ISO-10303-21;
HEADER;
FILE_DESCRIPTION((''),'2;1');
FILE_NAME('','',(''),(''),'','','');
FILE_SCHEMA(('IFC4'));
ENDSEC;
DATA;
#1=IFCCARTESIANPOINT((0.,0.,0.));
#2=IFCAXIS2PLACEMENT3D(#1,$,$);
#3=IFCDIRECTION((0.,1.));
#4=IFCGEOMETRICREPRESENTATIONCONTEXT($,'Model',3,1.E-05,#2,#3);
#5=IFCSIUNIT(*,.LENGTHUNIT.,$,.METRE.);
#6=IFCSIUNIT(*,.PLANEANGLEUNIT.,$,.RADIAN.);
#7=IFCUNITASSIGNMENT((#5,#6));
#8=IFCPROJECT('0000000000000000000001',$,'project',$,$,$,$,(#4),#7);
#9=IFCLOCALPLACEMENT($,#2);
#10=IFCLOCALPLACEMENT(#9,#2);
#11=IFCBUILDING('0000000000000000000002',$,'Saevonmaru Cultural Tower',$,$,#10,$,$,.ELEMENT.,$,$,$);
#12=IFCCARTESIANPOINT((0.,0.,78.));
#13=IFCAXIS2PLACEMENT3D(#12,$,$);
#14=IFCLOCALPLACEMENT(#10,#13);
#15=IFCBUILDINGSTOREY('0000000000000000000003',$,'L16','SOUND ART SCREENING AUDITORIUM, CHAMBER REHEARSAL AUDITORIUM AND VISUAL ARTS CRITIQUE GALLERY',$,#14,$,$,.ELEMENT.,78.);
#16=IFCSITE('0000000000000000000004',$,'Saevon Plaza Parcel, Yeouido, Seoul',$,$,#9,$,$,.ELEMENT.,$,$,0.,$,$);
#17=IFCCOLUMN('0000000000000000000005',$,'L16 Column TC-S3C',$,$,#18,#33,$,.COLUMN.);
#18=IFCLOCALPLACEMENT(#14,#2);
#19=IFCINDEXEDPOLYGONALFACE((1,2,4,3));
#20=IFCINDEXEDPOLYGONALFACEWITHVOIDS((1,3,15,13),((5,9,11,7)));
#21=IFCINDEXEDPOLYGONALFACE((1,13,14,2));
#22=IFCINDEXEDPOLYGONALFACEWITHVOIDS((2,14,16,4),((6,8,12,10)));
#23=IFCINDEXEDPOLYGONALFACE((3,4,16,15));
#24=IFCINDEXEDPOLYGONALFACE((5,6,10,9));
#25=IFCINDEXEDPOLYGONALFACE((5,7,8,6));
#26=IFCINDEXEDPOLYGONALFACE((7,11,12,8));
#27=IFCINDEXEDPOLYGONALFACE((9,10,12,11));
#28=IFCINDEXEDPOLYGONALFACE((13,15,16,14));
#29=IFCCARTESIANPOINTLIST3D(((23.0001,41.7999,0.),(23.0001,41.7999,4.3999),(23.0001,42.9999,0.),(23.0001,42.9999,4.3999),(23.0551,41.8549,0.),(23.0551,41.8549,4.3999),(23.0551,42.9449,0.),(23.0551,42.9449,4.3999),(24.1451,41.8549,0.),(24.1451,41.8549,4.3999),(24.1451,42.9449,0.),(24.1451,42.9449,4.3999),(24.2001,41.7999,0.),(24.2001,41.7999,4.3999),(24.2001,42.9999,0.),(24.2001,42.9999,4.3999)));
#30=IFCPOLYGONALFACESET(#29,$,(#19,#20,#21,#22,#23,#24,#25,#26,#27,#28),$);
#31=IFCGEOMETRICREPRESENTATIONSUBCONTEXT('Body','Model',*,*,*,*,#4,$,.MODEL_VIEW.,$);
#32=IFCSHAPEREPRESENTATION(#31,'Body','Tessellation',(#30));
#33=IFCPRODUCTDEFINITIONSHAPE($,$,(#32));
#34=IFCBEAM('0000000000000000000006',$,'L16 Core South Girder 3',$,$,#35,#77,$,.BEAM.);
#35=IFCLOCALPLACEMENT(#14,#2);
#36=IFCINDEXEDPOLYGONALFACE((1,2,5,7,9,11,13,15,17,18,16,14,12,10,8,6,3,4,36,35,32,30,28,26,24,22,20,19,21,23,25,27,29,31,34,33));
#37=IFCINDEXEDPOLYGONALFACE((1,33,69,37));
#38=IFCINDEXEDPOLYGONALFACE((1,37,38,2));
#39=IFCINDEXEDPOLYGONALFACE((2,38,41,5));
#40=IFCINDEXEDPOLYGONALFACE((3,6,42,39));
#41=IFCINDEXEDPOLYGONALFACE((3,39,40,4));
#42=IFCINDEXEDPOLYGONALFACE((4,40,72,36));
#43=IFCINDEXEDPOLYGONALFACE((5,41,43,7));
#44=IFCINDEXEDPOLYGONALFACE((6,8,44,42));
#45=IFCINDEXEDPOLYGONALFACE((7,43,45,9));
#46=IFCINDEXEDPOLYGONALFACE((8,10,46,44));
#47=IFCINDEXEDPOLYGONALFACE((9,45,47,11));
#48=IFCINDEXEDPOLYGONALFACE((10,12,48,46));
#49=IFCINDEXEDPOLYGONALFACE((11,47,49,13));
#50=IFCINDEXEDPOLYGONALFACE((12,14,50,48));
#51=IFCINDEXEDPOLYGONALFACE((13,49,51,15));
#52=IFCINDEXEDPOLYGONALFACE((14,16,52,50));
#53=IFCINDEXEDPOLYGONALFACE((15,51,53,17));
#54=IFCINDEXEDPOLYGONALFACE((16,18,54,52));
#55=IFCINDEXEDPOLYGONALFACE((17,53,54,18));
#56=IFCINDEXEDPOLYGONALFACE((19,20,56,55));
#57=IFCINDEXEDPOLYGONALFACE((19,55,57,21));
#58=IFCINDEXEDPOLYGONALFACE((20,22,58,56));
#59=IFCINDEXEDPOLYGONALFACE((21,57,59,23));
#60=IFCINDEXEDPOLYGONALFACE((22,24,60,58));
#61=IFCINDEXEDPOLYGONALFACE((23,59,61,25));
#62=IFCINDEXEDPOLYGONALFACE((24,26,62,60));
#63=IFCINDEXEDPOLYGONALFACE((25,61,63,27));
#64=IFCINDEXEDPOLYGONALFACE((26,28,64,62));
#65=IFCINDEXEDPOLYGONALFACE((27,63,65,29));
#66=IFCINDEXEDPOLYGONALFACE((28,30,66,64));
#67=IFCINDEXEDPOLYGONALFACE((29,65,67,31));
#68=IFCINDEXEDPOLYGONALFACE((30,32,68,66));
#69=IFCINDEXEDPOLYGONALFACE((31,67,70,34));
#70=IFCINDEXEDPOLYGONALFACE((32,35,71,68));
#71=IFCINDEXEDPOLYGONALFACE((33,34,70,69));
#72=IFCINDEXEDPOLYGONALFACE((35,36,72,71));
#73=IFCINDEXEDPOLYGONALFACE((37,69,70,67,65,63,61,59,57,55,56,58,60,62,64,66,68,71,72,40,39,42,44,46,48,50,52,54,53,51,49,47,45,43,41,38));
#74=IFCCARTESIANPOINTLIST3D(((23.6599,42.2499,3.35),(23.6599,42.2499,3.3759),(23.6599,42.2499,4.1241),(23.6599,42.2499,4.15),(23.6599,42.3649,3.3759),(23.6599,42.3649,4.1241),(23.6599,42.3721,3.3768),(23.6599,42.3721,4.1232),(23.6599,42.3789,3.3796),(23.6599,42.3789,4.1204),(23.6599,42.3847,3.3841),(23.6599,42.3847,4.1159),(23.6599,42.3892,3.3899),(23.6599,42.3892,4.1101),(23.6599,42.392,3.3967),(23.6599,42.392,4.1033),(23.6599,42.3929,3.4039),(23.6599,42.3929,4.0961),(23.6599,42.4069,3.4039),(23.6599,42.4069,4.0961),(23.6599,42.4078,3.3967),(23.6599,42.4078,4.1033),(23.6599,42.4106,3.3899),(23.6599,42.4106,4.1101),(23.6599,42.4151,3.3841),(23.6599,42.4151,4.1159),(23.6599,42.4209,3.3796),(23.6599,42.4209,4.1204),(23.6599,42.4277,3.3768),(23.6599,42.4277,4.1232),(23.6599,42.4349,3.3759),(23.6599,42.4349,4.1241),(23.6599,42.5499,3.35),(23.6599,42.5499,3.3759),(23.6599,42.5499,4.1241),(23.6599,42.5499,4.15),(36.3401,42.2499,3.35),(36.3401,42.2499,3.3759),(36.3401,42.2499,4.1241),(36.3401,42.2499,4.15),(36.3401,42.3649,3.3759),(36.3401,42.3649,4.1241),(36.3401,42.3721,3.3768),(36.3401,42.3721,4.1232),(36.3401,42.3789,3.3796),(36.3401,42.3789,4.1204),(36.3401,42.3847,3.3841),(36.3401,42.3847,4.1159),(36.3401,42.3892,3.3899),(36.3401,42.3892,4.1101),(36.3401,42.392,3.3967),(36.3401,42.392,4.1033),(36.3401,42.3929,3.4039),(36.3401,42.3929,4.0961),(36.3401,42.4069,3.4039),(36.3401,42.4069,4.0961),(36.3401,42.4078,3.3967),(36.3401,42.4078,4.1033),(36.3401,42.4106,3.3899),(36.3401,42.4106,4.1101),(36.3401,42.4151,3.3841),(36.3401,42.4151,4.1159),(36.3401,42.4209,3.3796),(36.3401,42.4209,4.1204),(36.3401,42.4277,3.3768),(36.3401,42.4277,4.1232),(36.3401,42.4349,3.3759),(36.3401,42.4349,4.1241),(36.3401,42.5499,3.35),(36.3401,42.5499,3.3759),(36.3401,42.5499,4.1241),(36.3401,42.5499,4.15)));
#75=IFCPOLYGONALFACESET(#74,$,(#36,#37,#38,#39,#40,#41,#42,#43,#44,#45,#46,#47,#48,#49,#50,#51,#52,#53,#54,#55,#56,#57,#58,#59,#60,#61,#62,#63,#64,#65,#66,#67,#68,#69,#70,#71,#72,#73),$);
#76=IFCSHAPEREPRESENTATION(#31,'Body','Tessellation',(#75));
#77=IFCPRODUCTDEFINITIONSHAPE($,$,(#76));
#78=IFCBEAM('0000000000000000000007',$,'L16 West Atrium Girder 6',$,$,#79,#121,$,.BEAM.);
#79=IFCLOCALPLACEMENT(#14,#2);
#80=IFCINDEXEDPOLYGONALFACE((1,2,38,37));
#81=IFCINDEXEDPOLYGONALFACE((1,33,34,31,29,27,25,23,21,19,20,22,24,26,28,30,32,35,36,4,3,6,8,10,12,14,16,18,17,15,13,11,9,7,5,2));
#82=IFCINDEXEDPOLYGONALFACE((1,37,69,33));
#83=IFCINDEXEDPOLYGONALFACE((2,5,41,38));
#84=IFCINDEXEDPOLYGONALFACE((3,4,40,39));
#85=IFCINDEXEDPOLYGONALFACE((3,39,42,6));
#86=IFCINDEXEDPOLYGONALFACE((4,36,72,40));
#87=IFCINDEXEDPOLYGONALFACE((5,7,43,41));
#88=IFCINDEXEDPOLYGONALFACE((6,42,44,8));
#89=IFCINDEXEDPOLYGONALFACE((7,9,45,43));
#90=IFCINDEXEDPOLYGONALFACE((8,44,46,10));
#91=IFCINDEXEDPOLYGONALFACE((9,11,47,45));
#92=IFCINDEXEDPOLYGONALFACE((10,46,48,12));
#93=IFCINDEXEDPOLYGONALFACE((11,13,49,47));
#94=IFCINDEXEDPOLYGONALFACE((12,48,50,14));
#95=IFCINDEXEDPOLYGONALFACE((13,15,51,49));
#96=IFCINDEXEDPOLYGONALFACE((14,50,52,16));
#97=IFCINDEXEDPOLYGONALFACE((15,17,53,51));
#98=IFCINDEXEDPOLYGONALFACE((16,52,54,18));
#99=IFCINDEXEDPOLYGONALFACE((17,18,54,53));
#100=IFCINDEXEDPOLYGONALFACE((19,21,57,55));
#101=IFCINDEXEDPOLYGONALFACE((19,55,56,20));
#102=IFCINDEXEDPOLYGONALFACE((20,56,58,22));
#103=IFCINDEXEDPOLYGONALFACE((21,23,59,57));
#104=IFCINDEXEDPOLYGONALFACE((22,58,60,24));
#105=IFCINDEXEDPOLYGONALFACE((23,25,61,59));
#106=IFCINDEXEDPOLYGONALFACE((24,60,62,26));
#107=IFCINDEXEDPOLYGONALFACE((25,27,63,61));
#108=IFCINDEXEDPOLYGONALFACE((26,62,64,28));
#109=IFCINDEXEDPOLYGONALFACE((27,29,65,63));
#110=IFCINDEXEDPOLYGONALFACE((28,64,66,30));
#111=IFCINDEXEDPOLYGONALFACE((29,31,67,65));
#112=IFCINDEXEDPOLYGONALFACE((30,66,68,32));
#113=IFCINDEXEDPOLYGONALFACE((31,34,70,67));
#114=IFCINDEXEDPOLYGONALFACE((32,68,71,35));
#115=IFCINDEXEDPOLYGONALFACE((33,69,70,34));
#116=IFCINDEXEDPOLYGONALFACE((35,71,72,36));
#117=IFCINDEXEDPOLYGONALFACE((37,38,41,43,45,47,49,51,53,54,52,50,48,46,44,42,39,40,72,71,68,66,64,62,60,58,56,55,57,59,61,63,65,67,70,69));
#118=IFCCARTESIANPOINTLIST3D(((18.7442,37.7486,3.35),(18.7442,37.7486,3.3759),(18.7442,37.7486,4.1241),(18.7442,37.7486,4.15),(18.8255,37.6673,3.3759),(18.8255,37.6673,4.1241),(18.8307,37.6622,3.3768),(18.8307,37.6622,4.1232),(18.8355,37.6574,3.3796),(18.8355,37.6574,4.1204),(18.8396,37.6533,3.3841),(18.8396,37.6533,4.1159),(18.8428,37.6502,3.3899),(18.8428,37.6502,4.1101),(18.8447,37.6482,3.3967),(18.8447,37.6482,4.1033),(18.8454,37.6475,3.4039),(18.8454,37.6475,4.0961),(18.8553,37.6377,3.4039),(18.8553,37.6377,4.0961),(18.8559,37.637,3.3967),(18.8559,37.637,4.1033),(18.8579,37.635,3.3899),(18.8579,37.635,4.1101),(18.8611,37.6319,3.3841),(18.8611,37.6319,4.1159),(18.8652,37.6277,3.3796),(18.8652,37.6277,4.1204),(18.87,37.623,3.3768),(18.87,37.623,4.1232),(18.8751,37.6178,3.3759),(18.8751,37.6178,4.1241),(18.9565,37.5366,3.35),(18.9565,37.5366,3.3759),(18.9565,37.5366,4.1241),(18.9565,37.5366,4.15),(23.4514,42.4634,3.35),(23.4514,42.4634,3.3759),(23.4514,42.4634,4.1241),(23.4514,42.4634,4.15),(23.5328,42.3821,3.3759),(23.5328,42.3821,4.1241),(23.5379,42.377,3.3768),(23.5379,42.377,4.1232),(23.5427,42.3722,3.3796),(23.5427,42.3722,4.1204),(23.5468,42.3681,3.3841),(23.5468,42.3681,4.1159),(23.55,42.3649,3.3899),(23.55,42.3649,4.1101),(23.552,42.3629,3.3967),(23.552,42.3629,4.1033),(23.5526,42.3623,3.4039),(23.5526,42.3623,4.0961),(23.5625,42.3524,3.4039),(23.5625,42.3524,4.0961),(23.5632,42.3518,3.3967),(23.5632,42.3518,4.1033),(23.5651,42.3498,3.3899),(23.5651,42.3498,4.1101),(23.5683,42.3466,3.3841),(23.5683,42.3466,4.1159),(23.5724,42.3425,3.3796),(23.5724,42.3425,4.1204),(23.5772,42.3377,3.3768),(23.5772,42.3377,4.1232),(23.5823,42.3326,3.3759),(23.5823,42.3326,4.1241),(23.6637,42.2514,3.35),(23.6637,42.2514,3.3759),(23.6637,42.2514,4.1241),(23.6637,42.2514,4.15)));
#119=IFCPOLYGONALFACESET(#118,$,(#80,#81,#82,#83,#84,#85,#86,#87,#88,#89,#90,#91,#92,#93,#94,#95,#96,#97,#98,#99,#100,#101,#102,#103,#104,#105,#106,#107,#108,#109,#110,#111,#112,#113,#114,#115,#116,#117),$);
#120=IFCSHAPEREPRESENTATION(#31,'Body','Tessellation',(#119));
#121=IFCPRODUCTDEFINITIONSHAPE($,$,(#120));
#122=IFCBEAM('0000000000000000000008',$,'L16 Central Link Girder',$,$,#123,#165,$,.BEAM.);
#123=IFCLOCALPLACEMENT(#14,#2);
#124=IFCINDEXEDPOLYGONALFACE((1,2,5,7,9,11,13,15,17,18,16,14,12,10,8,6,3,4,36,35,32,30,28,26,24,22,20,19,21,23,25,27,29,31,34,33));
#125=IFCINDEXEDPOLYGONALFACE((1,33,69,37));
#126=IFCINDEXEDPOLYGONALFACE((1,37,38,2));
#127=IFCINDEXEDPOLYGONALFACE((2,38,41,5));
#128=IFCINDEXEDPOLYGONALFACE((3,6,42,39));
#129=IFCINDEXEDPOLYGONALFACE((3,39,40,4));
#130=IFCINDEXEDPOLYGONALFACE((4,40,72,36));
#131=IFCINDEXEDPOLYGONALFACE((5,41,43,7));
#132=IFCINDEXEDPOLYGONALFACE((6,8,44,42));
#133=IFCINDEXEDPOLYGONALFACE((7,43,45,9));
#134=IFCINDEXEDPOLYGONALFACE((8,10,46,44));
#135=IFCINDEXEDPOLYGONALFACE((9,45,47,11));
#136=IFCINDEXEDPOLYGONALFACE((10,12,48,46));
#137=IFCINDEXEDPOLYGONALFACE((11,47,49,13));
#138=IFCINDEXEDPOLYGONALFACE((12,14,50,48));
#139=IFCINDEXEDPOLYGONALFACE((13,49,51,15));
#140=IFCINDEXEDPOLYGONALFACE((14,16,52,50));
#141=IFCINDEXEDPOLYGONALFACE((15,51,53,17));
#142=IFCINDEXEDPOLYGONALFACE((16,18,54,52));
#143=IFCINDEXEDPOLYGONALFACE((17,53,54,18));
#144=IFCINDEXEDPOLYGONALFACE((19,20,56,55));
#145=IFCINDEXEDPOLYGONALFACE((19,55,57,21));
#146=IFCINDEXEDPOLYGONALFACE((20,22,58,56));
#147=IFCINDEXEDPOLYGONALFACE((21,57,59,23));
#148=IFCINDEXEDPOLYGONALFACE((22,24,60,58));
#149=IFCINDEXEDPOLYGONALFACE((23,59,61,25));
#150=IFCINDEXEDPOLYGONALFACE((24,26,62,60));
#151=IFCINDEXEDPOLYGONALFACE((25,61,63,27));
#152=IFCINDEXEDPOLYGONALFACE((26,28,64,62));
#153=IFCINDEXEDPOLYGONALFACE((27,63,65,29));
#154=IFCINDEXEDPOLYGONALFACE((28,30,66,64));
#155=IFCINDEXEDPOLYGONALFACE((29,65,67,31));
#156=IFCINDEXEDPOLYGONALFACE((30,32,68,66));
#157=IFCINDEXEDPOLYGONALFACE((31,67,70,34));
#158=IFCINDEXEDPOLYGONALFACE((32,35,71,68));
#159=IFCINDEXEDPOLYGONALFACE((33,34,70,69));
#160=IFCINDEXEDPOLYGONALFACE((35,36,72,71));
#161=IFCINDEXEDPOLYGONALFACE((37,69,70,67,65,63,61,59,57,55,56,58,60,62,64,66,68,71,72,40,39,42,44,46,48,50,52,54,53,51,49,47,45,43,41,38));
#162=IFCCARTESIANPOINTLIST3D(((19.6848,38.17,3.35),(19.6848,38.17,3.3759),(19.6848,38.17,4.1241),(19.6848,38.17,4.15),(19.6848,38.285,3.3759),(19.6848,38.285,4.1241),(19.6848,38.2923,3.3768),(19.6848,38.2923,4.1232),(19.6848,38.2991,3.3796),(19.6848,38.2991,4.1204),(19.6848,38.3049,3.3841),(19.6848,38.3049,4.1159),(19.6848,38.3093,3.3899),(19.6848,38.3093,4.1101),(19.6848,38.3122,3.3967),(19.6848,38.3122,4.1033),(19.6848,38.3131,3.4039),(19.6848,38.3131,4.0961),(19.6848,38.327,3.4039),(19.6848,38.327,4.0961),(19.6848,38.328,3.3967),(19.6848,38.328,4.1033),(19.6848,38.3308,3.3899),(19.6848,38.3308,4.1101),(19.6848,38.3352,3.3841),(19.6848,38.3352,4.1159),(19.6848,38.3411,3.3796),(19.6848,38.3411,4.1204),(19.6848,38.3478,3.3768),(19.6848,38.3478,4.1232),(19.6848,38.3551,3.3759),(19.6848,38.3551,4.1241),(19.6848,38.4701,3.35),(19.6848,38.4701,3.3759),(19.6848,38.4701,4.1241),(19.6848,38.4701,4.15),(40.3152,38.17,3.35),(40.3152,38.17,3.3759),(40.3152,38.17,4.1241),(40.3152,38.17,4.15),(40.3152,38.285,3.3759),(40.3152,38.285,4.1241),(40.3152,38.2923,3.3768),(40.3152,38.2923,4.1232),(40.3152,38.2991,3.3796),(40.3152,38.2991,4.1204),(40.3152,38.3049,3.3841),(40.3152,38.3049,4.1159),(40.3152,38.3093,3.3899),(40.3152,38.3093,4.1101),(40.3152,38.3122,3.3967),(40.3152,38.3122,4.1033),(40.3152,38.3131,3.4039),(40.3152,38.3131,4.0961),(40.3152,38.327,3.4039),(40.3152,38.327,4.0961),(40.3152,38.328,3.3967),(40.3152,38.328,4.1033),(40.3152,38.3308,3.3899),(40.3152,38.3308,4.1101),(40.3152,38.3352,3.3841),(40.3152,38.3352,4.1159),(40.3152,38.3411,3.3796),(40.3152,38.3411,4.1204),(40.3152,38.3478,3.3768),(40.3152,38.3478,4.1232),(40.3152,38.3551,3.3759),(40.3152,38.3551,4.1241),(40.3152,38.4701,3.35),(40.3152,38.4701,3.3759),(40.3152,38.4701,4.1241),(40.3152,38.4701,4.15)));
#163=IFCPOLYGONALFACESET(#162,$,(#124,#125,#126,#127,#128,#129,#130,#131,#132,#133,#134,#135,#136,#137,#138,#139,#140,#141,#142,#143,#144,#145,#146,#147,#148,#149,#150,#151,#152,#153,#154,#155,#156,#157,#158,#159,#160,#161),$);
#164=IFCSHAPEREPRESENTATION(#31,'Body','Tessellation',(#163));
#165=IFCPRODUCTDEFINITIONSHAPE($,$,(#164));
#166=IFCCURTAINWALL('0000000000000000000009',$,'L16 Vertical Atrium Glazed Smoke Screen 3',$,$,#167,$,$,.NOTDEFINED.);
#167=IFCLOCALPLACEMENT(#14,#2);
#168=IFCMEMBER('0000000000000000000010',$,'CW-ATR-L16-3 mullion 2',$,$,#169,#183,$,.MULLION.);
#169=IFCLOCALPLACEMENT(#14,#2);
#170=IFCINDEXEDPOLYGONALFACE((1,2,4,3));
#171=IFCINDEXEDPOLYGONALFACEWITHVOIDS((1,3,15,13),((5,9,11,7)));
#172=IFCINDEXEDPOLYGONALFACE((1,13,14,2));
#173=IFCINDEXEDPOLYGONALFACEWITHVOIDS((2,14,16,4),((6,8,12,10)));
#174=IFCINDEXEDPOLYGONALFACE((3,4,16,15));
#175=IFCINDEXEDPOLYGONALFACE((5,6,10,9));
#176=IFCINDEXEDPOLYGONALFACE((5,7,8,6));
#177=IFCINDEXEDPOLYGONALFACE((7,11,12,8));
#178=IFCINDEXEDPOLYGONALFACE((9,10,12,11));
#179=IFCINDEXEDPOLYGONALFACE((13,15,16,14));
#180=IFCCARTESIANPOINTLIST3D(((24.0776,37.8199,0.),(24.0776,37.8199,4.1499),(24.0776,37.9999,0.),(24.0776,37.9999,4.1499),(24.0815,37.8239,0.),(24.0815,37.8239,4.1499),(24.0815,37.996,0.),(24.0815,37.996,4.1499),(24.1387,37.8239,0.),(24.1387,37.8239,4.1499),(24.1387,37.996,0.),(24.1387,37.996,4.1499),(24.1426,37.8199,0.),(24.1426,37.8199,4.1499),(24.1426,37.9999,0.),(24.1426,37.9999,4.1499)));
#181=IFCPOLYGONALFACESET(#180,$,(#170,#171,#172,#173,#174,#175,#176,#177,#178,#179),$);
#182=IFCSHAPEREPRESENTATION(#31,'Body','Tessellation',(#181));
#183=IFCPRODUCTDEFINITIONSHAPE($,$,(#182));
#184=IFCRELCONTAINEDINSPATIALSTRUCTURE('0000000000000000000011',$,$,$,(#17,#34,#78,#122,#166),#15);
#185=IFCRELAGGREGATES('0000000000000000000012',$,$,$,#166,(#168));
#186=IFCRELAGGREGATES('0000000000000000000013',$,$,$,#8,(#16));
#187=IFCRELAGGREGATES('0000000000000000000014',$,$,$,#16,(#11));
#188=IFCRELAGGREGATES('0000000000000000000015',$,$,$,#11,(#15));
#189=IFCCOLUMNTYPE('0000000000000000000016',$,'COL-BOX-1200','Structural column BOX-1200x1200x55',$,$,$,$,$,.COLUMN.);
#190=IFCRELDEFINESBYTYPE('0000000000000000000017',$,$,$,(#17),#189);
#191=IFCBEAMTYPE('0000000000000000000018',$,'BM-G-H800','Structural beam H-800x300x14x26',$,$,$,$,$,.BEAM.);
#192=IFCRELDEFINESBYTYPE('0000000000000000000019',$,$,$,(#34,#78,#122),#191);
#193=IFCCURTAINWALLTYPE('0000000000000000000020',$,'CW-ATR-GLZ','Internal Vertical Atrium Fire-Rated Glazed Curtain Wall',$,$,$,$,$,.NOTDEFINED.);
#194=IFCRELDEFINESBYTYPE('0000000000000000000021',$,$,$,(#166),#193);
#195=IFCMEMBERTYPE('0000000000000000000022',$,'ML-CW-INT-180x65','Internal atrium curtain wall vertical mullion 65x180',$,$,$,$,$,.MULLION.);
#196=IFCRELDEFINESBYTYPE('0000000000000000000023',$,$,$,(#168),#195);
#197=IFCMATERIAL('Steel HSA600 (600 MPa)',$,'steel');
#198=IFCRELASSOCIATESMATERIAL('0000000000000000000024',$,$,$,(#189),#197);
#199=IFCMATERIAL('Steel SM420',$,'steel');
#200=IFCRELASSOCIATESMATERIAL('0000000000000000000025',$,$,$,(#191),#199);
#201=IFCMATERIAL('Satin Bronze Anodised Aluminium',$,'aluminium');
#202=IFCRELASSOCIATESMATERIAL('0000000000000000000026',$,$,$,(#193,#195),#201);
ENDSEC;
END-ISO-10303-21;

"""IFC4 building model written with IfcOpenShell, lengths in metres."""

from ifc_helpers import new_model, si_unit, direction, frame, origin, origin_2d, place, context, subcontext, project, spatial, hollow_rectangle, i_section, extrude, material, material_profile, profile_set, type_object, element, aggregate, save


model = new_model("IFC4")

# Units and contexts
model_context = context("Model", 3, precision=1e-05, world=origin(), true_north=direction((0.0, 1.0)))
body_context = subcontext(model_context, "Body", "Model", "MODEL_VIEW")
ifc_project = project(units=[si_unit("LENGTHUNIT", "METRE"), si_unit("PLANEANGLEUNIT", "RADIAN")], contexts=[model_context])

# Site, building, storey
site_placement = place(None, origin())
site = spatial("IfcSite", under=ifc_project, at=site_placement, Name="Saevon Plaza Parcel, Yeouido, Seoul", CompositionType="ELEMENT", RefElevation=0.0)
building_placement = place(site_placement, origin())
building = spatial("IfcBuilding", under=site, at=building_placement, Name="Saevonmaru Cultural Tower", CompositionType="ELEMENT")
storey_placement = place(building_placement, frame((0.0, 0.0, 78.0)))
storey = spatial("IfcBuildingStorey", under=building, at=storey_placement, Name="L16", Description="SOUND ART SCREENING AUDITORIUM, CHAMBER REHEARSAL AUDITORIUM AND VISUAL ARTS CRITIQUE GALLERY", CompositionType="ELEMENT", Elevation=78.0)

# Column
ifc_material_1 = material(Name="Steel HSA600 (600 MPa)", Category="steel")
ifc_material_profile_1 = material_profile(ifc_material_1, hollow_rectangle(XDim=1.2, YDim=1.2, WallThickness=0.0549, at=origin_2d()), Name="BOX-1200x1200x55")
ifc_profile_set_1 = profile_set([ifc_material_profile_1], Name="Steel HSA600 (600 MPa)")
column_type = type_object("IfcColumnType", Name="COL-BOX-1200", Description="Structural column BOX-1200x1200x55", PredefinedType="COLUMN", material=ifc_profile_set_1)
column_placement = place(storey_placement, frame((23.6001, 42.3999, 0.0), z_axis=(0.0, 0.0, 1.0), x_axis=(1.0, 0.0, 0.0)))
element("IfcColumn", 1, at=column_placement, inside=storey, type_object=column_type, Name="L16 Column TC-S3C", PredefinedType="COLUMN", context=body_context, shape_type="SweptSolid", body=[
    extrude(hollow_rectangle(XDim=1.2, YDim=1.2, WallThickness=0.0549, at=origin_2d()), origin(), (0.0, 0.0, 1.0), 4.3999),
])

# Beams
ifc_material_2 = material(Name="Steel SM420", Category="steel")
ifc_material_profile_2 = material_profile(ifc_material_2, i_section(OverallWidth=0.3, OverallDepth=0.8, WebThickness=0.0139, FlangeThickness=0.0259, FilletRadius=0.0281, at=origin_2d()), Name="H-800x300x14x26")
ifc_profile_set_2 = profile_set([ifc_material_profile_2], Name="Steel SM420")
beam_type = type_object("IfcBeamType", Name="BM-G-H800", Description="Structural beam H-800x300x14x26", PredefinedType="BEAM", material=ifc_profile_set_2)
beam_1_placement = place(storey_placement, frame((23.6599, 42.3999, 3.75), z_axis=(1.0, 0.0, 0.0), x_axis=(0.0, 1.0, 0.0)))
element("IfcBeam", 2, at=beam_1_placement, inside=storey, type_object=beam_type, Name="L16 Core South Girder 3", PredefinedType="BEAM", context=body_context, shape_type="SweptSolid", body=[
    extrude(i_section(OverallWidth=0.3, OverallDepth=0.8, WebThickness=0.0139, FlangeThickness=0.0259, FilletRadius=0.0281, at=origin_2d()), origin(), (0.0, 0.0, 1.0), 12.6802),
])
beam_2_placement = place(storey_placement, frame((18.8503, 37.6426, 3.75), z_axis=(0.706539, 0.707675, 0.0), x_axis=(-0.707675, 0.706539, 0.0)))
element("IfcBeam", 3, at=beam_2_placement, inside=storey, type_object=beam_type, Name="L16 West Atrium Girder 6", PredefinedType="BEAM", context=body_context, shape_type="SweptSolid", body=[
    extrude(i_section(OverallWidth=0.3, OverallDepth=0.8, WebThickness=0.0139, FlangeThickness=0.0259, FilletRadius=0.0281, at=origin_2d()), origin(), (0.0, 0.0, 1.0), 6.6624),
])
beam_3_placement = place(storey_placement, frame((19.6848, 38.3201, 3.75), z_axis=(1.0, 0.0, 0.0), x_axis=(0.0, 1.0, 0.0)))
element("IfcBeam", 4, at=beam_3_placement, inside=storey, type_object=beam_type, Name="L16 Central Link Girder", PredefinedType="BEAM", context=body_context, shape_type="SweptSolid", body=[
    extrude(i_section(OverallWidth=0.3, OverallDepth=0.8, WebThickness=0.0139, FlangeThickness=0.0259, FilletRadius=0.0281, at=origin_2d()), origin(), (0.0, 0.0, 1.0), 20.6304),
])

# Curtain wall, member
ifc_material_3 = material(Name="Satin Bronze Anodised Aluminium", Category="aluminium")
curtain_wall_type = type_object("IfcCurtainWallType", Name="CW-ATR-GLZ", Description="Internal Vertical Atrium Fire-Rated Glazed Curtain Wall", PredefinedType="NOTDEFINED", material=ifc_material_3)
curtain_wall_1_placement = place(storey_placement, origin())
curtain_wall_1 = element("IfcCurtainWall", 5, at=curtain_wall_1_placement, inside=storey, type_object=curtain_wall_type, Name="L16 Vertical Atrium Glazed Smoke Screen 3", PredefinedType="NOTDEFINED")
ifc_material_profile_3 = material_profile(ifc_material_3, hollow_rectangle(XDim=0.0649, YDim=0.1799, WallThickness=0.0039, at=origin_2d()), Name="ALU-MULL-180x65x4")
ifc_profile_set_3 = profile_set([ifc_material_profile_3], Name="Satin Bronze Anodised Aluminium")
member_type_1 = type_object("IfcMemberType", Name="ML-CW-INT-180x65", Description="Internal atrium curtain wall vertical mullion 65x180", PredefinedType="MULLION", material=ifc_profile_set_3)
member_1_placement = place(storey_placement, frame((24.1101, 37.9099, 0.0), z_axis=(0.0, 0.0, 1.0), x_axis=(-1.0, 0.0, 0.0)))
member_1 = element("IfcMember", 6, at=member_1_placement, type_object=member_type_1, Name="CW-ATR-L16-3 mullion 2", PredefinedType="MULLION", context=body_context, shape_type="SweptSolid", body=[
    extrude(hollow_rectangle(XDim=0.0649, YDim=0.1799, WallThickness=0.0039, at=origin_2d()), origin(), (0.0, 0.0, 1.0), 4.1499),
])
aggregate(curtain_wall_1, [member_1])

save(model, "model.ifc")
